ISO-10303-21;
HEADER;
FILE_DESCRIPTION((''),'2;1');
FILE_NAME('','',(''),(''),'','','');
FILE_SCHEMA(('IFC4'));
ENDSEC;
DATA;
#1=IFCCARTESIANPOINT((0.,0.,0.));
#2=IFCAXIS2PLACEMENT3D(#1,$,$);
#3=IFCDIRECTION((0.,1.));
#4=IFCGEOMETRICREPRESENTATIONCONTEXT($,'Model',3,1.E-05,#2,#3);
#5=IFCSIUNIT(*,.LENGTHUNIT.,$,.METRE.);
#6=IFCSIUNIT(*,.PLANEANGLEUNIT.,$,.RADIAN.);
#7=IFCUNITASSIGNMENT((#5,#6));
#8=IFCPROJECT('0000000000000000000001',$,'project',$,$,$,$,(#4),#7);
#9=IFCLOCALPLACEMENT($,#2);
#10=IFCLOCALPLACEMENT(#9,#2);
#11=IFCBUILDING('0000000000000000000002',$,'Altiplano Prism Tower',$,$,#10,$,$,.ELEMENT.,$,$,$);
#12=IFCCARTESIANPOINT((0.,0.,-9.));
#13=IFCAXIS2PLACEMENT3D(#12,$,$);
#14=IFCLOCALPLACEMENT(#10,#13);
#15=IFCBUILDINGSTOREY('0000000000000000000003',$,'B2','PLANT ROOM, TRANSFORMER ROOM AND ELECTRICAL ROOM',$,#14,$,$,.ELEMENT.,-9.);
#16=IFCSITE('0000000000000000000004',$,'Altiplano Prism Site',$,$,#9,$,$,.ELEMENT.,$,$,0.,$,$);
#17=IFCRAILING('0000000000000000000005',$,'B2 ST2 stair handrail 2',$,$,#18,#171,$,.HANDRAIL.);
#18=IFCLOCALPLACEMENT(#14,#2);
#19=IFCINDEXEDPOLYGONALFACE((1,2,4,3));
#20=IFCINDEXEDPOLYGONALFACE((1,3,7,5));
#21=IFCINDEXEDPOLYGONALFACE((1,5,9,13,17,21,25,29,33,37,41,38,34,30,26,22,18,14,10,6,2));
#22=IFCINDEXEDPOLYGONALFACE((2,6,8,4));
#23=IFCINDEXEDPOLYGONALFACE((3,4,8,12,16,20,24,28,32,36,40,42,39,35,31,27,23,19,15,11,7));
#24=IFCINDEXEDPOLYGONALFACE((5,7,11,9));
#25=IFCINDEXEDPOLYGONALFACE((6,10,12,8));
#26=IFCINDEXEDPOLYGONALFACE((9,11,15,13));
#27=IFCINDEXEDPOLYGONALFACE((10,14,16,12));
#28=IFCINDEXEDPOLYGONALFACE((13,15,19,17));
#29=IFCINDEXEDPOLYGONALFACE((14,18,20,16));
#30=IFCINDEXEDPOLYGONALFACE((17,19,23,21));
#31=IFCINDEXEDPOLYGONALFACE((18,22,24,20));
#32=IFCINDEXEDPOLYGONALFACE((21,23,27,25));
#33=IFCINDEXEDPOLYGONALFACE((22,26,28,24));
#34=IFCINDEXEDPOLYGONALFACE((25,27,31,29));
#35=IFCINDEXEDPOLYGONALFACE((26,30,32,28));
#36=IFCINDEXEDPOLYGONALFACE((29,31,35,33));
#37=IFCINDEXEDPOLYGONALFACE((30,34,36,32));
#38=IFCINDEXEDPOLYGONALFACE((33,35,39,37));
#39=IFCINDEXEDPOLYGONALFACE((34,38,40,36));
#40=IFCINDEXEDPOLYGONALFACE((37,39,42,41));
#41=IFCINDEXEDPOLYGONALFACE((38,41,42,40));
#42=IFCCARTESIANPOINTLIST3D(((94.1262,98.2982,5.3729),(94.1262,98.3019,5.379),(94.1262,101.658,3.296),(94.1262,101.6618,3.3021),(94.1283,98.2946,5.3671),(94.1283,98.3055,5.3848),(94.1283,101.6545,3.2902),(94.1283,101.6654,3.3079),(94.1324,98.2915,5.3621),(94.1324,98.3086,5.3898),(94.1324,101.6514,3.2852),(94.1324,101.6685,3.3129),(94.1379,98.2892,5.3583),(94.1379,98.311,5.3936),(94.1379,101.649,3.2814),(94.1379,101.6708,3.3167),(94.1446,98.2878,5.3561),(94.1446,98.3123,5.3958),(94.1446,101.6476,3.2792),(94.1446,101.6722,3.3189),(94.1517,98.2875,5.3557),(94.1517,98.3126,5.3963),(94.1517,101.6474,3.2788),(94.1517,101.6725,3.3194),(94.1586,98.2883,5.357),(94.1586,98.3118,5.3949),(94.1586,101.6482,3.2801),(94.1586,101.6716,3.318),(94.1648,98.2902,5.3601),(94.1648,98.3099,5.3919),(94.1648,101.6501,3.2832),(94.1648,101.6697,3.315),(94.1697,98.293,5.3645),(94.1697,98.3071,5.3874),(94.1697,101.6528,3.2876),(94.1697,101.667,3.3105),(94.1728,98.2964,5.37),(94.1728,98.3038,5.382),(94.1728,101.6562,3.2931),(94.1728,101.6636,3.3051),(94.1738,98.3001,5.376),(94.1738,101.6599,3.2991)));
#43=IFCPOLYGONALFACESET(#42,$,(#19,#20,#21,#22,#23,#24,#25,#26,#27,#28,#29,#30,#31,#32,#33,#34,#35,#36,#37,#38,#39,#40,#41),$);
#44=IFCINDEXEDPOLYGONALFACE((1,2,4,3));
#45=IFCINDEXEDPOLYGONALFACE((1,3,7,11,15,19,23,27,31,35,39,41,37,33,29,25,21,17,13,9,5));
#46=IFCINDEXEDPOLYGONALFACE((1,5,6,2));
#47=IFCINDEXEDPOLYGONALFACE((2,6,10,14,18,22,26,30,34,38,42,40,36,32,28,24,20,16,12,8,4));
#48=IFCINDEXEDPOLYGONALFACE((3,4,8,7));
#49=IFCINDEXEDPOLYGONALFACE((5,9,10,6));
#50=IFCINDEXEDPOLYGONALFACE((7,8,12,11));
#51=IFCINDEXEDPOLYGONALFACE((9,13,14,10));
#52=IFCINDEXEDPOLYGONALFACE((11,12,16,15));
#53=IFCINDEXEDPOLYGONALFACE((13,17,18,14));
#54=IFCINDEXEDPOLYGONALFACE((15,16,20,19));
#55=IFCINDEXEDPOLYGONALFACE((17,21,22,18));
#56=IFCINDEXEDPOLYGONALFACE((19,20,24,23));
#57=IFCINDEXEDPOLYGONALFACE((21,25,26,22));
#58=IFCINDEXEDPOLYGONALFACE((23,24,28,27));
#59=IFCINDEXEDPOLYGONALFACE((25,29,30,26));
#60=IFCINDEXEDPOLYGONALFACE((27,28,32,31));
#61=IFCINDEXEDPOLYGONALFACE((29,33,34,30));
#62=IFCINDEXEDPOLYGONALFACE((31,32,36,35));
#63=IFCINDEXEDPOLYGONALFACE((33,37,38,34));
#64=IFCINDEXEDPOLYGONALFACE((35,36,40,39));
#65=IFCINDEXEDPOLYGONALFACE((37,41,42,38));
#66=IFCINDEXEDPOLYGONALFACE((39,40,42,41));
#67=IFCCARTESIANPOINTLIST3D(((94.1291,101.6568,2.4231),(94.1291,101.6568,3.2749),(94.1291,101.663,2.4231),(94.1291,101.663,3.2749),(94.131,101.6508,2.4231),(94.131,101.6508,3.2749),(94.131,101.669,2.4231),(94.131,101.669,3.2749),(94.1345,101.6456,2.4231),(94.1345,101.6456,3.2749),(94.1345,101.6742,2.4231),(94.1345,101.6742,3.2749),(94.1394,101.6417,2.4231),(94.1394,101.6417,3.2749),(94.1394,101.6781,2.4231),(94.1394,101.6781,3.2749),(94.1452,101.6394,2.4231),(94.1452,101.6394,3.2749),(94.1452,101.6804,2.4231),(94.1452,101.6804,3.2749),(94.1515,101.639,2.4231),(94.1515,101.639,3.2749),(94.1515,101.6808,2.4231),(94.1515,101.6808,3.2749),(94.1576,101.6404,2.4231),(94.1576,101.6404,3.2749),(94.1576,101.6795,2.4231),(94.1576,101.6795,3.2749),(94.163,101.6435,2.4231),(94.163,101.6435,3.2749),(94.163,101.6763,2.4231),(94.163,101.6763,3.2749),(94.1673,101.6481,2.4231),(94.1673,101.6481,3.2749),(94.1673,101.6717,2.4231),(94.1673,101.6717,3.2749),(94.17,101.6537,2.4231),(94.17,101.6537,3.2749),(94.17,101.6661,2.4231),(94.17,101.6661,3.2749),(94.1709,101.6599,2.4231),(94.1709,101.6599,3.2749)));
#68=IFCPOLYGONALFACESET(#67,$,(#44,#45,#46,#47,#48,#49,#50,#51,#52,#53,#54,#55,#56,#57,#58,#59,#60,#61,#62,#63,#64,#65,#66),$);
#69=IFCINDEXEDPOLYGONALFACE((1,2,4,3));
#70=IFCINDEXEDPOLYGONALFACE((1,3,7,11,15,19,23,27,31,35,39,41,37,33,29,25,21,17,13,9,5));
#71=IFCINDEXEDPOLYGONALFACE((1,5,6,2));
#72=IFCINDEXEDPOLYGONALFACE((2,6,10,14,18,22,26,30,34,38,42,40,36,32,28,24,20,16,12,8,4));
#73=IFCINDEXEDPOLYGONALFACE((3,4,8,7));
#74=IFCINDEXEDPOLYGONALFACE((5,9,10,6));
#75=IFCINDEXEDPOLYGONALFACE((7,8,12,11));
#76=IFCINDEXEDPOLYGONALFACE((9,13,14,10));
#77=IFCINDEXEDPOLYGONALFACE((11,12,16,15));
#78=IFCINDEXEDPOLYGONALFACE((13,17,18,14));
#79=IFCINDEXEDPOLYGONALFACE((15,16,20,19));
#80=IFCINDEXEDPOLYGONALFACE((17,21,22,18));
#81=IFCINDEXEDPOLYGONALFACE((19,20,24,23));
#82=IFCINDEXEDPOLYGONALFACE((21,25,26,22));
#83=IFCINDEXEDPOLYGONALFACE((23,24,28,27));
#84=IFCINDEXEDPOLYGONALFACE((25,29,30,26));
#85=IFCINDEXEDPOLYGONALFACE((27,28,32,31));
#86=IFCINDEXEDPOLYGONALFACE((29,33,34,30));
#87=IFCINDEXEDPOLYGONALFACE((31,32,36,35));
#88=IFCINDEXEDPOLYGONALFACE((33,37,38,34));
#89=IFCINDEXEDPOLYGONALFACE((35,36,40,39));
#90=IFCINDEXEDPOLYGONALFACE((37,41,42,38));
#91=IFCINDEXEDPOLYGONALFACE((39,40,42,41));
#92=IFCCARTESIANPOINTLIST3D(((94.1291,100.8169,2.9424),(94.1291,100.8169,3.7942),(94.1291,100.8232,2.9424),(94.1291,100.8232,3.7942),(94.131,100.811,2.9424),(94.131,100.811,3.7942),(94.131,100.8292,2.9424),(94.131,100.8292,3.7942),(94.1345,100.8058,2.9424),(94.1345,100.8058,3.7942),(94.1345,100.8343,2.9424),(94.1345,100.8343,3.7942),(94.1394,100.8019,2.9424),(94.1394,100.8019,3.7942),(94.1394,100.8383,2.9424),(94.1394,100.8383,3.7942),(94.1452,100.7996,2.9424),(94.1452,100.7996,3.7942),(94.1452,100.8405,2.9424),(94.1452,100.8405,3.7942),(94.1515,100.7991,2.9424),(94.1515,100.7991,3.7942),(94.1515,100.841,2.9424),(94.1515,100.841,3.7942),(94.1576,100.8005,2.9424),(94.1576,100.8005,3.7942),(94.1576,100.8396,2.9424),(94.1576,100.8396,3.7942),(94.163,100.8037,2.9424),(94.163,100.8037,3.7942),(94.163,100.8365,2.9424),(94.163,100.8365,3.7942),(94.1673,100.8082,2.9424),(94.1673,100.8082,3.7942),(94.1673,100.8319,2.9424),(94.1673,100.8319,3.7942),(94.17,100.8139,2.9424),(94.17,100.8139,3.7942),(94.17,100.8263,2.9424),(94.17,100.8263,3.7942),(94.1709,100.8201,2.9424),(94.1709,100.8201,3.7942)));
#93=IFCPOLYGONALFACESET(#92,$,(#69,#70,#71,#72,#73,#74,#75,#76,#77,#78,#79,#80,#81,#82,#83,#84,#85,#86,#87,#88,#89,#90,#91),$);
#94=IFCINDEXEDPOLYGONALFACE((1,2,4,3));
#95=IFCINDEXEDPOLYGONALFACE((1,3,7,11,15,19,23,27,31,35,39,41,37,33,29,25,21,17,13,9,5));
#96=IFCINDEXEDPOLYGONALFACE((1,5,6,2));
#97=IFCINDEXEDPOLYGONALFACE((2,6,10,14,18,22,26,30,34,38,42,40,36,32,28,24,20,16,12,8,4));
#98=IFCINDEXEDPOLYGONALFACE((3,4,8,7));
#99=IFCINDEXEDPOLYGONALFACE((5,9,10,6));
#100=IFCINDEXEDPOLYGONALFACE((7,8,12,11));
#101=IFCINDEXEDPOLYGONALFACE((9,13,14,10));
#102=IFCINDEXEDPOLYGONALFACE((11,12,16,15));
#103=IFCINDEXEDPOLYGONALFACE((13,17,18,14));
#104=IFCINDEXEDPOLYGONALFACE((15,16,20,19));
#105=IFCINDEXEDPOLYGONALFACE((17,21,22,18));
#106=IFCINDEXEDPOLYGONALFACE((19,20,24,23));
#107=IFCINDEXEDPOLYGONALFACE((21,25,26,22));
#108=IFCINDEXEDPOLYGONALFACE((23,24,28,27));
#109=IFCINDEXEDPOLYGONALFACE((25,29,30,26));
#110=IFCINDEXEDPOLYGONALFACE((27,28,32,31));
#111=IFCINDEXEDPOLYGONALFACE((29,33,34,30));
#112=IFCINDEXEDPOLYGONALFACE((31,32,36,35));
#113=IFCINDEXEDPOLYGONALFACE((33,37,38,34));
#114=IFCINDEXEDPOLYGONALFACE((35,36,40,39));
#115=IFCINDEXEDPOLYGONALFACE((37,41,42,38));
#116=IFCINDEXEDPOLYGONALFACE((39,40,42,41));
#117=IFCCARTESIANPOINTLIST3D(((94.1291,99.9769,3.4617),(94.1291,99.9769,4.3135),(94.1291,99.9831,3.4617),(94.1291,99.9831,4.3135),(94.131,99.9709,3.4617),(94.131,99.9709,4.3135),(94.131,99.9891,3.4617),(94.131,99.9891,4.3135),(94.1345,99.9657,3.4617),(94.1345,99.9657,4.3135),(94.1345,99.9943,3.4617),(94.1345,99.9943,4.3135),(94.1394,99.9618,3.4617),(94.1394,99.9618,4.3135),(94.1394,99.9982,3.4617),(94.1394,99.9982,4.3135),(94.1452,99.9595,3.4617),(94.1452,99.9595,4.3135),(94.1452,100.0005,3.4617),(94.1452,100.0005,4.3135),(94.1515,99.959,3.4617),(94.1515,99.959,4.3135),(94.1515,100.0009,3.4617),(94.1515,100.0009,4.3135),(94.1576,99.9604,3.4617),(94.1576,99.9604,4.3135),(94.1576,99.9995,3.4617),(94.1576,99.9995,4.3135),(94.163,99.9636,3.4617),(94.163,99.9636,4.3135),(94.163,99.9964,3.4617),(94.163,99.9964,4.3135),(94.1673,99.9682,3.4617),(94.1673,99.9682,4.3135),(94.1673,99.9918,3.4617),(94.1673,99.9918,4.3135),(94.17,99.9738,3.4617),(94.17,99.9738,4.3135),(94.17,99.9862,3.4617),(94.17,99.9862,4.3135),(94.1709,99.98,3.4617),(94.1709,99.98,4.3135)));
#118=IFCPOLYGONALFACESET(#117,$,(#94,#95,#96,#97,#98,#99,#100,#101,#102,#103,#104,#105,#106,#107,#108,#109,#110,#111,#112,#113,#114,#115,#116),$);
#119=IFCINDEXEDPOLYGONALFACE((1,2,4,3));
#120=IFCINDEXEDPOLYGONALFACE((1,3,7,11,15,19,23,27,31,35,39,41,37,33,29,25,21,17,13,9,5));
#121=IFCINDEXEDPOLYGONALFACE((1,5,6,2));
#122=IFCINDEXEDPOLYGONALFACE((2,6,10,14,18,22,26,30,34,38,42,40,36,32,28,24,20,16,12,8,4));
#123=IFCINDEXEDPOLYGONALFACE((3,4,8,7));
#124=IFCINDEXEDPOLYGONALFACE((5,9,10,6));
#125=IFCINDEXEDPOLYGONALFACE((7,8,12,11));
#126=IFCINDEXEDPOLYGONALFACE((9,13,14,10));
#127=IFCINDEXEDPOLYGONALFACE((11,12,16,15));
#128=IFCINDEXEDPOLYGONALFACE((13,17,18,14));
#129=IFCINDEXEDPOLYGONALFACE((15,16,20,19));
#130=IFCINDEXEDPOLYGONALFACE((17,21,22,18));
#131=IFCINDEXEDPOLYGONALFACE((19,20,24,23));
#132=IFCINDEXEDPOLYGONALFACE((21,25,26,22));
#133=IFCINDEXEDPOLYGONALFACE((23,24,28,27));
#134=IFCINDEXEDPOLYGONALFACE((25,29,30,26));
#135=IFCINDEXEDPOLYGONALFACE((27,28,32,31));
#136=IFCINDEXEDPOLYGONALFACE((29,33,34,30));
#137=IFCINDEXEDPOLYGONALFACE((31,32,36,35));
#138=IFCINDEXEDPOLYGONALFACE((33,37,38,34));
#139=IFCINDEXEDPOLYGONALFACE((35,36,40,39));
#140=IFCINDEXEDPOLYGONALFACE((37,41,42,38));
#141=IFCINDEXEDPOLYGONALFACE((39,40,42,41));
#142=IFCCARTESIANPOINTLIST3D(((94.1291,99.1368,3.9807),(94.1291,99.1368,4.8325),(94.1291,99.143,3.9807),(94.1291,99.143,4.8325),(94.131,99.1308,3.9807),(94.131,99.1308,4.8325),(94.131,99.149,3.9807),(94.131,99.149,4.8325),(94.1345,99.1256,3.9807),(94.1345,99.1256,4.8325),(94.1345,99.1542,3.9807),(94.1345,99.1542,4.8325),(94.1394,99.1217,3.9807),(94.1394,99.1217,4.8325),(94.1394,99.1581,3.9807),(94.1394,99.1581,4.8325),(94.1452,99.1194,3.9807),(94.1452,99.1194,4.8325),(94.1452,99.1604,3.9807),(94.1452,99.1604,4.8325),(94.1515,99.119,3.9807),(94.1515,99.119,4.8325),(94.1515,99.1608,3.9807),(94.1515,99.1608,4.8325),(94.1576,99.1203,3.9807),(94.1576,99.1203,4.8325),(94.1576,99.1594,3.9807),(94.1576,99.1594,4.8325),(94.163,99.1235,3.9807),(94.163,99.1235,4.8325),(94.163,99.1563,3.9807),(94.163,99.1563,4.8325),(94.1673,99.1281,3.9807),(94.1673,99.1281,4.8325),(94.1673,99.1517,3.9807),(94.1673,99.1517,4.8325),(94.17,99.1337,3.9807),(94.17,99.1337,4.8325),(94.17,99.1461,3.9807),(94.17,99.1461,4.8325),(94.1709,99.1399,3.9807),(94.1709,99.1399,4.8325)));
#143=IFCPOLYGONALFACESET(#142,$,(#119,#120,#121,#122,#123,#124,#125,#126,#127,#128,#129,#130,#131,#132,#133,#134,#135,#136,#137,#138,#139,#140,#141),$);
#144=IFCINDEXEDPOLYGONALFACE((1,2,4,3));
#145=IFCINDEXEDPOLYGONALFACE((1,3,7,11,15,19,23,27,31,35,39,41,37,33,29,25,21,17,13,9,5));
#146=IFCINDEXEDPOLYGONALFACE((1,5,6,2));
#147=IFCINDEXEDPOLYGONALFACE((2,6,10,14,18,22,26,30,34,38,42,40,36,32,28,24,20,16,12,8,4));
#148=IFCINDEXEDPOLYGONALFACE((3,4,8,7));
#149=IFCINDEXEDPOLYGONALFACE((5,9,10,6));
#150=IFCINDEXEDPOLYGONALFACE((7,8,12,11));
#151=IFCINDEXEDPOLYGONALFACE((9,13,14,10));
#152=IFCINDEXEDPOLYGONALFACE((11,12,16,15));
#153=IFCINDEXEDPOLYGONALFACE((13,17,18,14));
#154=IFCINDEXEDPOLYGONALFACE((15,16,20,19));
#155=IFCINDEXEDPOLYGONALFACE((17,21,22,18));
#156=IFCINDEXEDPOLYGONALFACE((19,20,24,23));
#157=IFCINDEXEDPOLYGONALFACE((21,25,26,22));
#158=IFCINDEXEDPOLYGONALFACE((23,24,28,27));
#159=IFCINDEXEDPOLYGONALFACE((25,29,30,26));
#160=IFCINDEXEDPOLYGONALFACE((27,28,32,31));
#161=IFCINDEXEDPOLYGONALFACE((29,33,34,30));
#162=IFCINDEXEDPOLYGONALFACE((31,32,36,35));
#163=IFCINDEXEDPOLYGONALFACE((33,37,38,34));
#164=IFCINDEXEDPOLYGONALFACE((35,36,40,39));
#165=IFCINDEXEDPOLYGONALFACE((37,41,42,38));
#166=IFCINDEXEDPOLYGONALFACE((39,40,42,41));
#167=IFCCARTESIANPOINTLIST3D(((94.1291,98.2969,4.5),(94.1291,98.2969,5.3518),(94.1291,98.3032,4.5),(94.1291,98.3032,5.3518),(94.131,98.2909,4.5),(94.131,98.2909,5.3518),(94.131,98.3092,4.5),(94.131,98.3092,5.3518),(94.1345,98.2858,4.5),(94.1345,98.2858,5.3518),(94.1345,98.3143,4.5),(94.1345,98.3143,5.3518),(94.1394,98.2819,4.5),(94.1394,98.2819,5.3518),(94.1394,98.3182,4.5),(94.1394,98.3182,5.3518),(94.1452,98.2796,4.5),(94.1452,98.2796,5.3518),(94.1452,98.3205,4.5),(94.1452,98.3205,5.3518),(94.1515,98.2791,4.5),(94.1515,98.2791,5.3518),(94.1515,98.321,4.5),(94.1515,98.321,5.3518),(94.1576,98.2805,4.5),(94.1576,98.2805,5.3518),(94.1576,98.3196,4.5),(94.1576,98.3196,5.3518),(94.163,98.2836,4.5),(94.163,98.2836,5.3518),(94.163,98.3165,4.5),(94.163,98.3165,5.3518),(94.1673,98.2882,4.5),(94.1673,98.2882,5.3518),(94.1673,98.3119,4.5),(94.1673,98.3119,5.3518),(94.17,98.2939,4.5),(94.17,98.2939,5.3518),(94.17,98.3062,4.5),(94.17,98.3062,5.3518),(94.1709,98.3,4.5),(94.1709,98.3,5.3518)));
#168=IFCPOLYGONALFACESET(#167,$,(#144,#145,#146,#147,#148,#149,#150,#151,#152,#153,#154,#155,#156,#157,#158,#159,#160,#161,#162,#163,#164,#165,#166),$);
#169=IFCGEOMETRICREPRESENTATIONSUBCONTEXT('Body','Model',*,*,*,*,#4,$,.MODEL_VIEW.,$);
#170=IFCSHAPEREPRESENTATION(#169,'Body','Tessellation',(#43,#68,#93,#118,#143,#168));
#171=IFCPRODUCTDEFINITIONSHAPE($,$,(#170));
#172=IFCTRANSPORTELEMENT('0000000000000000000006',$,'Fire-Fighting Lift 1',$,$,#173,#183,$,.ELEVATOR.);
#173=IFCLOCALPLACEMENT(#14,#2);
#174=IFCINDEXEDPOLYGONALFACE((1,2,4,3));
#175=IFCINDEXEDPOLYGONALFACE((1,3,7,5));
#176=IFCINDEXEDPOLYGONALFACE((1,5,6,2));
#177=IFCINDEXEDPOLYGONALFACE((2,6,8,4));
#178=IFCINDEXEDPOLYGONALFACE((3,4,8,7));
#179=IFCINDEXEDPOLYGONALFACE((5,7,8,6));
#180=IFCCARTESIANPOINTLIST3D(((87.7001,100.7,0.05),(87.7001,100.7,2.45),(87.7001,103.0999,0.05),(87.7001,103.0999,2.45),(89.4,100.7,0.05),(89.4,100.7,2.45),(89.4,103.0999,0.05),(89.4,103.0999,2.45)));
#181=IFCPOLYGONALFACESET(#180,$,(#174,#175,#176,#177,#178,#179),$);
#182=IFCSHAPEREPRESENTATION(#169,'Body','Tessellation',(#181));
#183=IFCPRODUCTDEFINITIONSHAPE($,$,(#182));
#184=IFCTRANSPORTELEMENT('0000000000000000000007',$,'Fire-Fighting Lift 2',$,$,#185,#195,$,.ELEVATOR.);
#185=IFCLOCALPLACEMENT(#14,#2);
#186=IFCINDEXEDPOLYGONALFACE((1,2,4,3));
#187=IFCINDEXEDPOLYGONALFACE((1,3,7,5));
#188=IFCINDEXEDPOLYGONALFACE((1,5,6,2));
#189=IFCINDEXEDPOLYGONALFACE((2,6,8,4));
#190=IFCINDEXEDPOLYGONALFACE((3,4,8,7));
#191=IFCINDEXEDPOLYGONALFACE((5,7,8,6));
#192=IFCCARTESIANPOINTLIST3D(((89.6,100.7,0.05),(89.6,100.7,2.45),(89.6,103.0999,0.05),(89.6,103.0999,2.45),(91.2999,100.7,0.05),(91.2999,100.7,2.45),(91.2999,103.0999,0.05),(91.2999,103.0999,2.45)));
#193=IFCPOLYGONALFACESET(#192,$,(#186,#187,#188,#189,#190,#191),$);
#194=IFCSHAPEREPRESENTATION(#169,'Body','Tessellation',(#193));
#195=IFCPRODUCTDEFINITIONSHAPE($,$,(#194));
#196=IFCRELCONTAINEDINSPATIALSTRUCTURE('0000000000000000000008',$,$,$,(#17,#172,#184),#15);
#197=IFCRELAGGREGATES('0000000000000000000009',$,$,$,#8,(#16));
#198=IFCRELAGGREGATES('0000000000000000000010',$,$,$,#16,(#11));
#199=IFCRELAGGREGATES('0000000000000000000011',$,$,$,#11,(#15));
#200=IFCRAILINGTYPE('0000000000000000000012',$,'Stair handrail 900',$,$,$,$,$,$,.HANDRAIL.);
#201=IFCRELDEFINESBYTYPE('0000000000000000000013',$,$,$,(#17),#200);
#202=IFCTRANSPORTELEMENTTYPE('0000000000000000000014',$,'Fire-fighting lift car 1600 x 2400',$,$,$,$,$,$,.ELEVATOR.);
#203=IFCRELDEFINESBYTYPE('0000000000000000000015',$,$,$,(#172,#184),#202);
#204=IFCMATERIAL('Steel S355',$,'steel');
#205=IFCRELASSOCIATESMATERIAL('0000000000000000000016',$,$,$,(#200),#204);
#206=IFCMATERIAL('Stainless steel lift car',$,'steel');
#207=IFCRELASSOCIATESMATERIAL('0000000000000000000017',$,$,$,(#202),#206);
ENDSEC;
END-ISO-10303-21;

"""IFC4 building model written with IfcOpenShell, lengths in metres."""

from ifc_helpers import new_model, si_unit, direction, frame, origin, origin_2d, place, context, subcontext, project, spatial, rectangle, circle, extrude, material, type_object, element, save


model = new_model("IFC4")

# Units and contexts
model_context = context("Model", 3, precision=1e-05, world=origin(), true_north=direction((0.0, 1.0)))
body_context = subcontext(model_context, "Body", "Model", "MODEL_VIEW")
ifc_project = project(units=[si_unit("LENGTHUNIT", "METRE"), si_unit("PLANEANGLEUNIT", "RADIAN")], contexts=[model_context])

# Site, building, storey
site_placement = place(None, origin())
site = spatial("IfcSite", under=ifc_project, at=site_placement, Name="Altiplano Prism Site", CompositionType="ELEMENT", RefElevation=0.0)
building_placement = place(site_placement, origin())
building = spatial("IfcBuilding", under=site, at=building_placement, Name="Altiplano Prism Tower", CompositionType="ELEMENT")
storey_placement = place(building_placement, frame((0.0, 0.0, -9.0)))
storey = spatial("IfcBuildingStorey", under=building, at=storey_placement, Name="B2", Description="PLANT ROOM, TRANSFORMER ROOM AND ELECTRICAL ROOM", CompositionType="ELEMENT", Elevation=-9.0)

# Railing
ifc_material_1 = material(Name="Steel S355", Category="steel")
railing_type_1 = type_object("IfcRailingType", Name="Stair handrail 900", PredefinedType="HANDRAIL", material=ifc_material_1)
railing_1_placement = place(storey_placement, frame((94.1499, 101.6599, 2.4231)))
element("IfcRailing", 1, at=railing_1_placement, inside=storey, type_object=railing_type_1, Name="B2 ST2 stair handrail 2", PredefinedType="HANDRAIL", context=body_context, shape_type="SweptSolid", body=[
    extrude(circle(Radius=0.0239, at=origin_2d()), frame((0.0, 0.0, 0.876), z_axis=(0.0, -0.850606, 0.525803), x_axis=(1.0, 0.0, 0.0)), (0.0, 0.0, 1.0), 3.95),
    extrude(circle(Radius=0.021, at=origin_2d()), origin(), (0.0, 0.0, 1.0), 0.8518),
    extrude(circle(Radius=0.021, at=origin_2d()), frame((0.0, -0.8398, 0.5193)), (0.0, 0.0, 1.0), 0.8518),
    extrude(circle(Radius=0.021, at=origin_2d()), frame((0.0, -1.6799, 1.0386)), (0.0, 0.0, 1.0), 0.8518),
    extrude(circle(Radius=0.021, at=origin_2d()), frame((0.0, -2.52, 1.5576)), (0.0, 0.0, 1.0), 0.8518),
    extrude(circle(Radius=0.021, at=origin_2d()), frame((0.0, -3.3599, 2.0769)), (0.0, 0.0, 1.0), 0.8518),
])

# Transport elements
ifc_material_2 = material(Name="Stainless steel lift car", Category="steel")
transport_element_type = type_object("IfcTransportElementType", Name="Fire-fighting lift car 1600 x 2400", PredefinedType="ELEVATOR", material=ifc_material_2)
for number, where, z_axis, x_axis, name in (
    (2, (88.55, 101.8999, 0.05), (0.0, 0.0, 1.0), (1.0, 0.0, 0.0), "Fire-Fighting Lift 1"),
    (3, (90.45, 101.8999, 0.05), (0.0, 0.0, 1.0), (1.0, 0.0, 0.0), "Fire-Fighting Lift 2"),
):
    element("IfcTransportElement", number, at=place(storey_placement, frame(where, z_axis=z_axis, x_axis=x_axis)), inside=storey, type_object=transport_element_type, Name=name, PredefinedType="ELEVATOR", context=body_context, shape_type="SweptSolid", body=[
        extrude(rectangle(XDim=1.7, YDim=2.3999, at=origin_2d()), origin(), (0.0, 0.0, 1.0), 2.3999),
    ])

save(model, "model.ifc")
